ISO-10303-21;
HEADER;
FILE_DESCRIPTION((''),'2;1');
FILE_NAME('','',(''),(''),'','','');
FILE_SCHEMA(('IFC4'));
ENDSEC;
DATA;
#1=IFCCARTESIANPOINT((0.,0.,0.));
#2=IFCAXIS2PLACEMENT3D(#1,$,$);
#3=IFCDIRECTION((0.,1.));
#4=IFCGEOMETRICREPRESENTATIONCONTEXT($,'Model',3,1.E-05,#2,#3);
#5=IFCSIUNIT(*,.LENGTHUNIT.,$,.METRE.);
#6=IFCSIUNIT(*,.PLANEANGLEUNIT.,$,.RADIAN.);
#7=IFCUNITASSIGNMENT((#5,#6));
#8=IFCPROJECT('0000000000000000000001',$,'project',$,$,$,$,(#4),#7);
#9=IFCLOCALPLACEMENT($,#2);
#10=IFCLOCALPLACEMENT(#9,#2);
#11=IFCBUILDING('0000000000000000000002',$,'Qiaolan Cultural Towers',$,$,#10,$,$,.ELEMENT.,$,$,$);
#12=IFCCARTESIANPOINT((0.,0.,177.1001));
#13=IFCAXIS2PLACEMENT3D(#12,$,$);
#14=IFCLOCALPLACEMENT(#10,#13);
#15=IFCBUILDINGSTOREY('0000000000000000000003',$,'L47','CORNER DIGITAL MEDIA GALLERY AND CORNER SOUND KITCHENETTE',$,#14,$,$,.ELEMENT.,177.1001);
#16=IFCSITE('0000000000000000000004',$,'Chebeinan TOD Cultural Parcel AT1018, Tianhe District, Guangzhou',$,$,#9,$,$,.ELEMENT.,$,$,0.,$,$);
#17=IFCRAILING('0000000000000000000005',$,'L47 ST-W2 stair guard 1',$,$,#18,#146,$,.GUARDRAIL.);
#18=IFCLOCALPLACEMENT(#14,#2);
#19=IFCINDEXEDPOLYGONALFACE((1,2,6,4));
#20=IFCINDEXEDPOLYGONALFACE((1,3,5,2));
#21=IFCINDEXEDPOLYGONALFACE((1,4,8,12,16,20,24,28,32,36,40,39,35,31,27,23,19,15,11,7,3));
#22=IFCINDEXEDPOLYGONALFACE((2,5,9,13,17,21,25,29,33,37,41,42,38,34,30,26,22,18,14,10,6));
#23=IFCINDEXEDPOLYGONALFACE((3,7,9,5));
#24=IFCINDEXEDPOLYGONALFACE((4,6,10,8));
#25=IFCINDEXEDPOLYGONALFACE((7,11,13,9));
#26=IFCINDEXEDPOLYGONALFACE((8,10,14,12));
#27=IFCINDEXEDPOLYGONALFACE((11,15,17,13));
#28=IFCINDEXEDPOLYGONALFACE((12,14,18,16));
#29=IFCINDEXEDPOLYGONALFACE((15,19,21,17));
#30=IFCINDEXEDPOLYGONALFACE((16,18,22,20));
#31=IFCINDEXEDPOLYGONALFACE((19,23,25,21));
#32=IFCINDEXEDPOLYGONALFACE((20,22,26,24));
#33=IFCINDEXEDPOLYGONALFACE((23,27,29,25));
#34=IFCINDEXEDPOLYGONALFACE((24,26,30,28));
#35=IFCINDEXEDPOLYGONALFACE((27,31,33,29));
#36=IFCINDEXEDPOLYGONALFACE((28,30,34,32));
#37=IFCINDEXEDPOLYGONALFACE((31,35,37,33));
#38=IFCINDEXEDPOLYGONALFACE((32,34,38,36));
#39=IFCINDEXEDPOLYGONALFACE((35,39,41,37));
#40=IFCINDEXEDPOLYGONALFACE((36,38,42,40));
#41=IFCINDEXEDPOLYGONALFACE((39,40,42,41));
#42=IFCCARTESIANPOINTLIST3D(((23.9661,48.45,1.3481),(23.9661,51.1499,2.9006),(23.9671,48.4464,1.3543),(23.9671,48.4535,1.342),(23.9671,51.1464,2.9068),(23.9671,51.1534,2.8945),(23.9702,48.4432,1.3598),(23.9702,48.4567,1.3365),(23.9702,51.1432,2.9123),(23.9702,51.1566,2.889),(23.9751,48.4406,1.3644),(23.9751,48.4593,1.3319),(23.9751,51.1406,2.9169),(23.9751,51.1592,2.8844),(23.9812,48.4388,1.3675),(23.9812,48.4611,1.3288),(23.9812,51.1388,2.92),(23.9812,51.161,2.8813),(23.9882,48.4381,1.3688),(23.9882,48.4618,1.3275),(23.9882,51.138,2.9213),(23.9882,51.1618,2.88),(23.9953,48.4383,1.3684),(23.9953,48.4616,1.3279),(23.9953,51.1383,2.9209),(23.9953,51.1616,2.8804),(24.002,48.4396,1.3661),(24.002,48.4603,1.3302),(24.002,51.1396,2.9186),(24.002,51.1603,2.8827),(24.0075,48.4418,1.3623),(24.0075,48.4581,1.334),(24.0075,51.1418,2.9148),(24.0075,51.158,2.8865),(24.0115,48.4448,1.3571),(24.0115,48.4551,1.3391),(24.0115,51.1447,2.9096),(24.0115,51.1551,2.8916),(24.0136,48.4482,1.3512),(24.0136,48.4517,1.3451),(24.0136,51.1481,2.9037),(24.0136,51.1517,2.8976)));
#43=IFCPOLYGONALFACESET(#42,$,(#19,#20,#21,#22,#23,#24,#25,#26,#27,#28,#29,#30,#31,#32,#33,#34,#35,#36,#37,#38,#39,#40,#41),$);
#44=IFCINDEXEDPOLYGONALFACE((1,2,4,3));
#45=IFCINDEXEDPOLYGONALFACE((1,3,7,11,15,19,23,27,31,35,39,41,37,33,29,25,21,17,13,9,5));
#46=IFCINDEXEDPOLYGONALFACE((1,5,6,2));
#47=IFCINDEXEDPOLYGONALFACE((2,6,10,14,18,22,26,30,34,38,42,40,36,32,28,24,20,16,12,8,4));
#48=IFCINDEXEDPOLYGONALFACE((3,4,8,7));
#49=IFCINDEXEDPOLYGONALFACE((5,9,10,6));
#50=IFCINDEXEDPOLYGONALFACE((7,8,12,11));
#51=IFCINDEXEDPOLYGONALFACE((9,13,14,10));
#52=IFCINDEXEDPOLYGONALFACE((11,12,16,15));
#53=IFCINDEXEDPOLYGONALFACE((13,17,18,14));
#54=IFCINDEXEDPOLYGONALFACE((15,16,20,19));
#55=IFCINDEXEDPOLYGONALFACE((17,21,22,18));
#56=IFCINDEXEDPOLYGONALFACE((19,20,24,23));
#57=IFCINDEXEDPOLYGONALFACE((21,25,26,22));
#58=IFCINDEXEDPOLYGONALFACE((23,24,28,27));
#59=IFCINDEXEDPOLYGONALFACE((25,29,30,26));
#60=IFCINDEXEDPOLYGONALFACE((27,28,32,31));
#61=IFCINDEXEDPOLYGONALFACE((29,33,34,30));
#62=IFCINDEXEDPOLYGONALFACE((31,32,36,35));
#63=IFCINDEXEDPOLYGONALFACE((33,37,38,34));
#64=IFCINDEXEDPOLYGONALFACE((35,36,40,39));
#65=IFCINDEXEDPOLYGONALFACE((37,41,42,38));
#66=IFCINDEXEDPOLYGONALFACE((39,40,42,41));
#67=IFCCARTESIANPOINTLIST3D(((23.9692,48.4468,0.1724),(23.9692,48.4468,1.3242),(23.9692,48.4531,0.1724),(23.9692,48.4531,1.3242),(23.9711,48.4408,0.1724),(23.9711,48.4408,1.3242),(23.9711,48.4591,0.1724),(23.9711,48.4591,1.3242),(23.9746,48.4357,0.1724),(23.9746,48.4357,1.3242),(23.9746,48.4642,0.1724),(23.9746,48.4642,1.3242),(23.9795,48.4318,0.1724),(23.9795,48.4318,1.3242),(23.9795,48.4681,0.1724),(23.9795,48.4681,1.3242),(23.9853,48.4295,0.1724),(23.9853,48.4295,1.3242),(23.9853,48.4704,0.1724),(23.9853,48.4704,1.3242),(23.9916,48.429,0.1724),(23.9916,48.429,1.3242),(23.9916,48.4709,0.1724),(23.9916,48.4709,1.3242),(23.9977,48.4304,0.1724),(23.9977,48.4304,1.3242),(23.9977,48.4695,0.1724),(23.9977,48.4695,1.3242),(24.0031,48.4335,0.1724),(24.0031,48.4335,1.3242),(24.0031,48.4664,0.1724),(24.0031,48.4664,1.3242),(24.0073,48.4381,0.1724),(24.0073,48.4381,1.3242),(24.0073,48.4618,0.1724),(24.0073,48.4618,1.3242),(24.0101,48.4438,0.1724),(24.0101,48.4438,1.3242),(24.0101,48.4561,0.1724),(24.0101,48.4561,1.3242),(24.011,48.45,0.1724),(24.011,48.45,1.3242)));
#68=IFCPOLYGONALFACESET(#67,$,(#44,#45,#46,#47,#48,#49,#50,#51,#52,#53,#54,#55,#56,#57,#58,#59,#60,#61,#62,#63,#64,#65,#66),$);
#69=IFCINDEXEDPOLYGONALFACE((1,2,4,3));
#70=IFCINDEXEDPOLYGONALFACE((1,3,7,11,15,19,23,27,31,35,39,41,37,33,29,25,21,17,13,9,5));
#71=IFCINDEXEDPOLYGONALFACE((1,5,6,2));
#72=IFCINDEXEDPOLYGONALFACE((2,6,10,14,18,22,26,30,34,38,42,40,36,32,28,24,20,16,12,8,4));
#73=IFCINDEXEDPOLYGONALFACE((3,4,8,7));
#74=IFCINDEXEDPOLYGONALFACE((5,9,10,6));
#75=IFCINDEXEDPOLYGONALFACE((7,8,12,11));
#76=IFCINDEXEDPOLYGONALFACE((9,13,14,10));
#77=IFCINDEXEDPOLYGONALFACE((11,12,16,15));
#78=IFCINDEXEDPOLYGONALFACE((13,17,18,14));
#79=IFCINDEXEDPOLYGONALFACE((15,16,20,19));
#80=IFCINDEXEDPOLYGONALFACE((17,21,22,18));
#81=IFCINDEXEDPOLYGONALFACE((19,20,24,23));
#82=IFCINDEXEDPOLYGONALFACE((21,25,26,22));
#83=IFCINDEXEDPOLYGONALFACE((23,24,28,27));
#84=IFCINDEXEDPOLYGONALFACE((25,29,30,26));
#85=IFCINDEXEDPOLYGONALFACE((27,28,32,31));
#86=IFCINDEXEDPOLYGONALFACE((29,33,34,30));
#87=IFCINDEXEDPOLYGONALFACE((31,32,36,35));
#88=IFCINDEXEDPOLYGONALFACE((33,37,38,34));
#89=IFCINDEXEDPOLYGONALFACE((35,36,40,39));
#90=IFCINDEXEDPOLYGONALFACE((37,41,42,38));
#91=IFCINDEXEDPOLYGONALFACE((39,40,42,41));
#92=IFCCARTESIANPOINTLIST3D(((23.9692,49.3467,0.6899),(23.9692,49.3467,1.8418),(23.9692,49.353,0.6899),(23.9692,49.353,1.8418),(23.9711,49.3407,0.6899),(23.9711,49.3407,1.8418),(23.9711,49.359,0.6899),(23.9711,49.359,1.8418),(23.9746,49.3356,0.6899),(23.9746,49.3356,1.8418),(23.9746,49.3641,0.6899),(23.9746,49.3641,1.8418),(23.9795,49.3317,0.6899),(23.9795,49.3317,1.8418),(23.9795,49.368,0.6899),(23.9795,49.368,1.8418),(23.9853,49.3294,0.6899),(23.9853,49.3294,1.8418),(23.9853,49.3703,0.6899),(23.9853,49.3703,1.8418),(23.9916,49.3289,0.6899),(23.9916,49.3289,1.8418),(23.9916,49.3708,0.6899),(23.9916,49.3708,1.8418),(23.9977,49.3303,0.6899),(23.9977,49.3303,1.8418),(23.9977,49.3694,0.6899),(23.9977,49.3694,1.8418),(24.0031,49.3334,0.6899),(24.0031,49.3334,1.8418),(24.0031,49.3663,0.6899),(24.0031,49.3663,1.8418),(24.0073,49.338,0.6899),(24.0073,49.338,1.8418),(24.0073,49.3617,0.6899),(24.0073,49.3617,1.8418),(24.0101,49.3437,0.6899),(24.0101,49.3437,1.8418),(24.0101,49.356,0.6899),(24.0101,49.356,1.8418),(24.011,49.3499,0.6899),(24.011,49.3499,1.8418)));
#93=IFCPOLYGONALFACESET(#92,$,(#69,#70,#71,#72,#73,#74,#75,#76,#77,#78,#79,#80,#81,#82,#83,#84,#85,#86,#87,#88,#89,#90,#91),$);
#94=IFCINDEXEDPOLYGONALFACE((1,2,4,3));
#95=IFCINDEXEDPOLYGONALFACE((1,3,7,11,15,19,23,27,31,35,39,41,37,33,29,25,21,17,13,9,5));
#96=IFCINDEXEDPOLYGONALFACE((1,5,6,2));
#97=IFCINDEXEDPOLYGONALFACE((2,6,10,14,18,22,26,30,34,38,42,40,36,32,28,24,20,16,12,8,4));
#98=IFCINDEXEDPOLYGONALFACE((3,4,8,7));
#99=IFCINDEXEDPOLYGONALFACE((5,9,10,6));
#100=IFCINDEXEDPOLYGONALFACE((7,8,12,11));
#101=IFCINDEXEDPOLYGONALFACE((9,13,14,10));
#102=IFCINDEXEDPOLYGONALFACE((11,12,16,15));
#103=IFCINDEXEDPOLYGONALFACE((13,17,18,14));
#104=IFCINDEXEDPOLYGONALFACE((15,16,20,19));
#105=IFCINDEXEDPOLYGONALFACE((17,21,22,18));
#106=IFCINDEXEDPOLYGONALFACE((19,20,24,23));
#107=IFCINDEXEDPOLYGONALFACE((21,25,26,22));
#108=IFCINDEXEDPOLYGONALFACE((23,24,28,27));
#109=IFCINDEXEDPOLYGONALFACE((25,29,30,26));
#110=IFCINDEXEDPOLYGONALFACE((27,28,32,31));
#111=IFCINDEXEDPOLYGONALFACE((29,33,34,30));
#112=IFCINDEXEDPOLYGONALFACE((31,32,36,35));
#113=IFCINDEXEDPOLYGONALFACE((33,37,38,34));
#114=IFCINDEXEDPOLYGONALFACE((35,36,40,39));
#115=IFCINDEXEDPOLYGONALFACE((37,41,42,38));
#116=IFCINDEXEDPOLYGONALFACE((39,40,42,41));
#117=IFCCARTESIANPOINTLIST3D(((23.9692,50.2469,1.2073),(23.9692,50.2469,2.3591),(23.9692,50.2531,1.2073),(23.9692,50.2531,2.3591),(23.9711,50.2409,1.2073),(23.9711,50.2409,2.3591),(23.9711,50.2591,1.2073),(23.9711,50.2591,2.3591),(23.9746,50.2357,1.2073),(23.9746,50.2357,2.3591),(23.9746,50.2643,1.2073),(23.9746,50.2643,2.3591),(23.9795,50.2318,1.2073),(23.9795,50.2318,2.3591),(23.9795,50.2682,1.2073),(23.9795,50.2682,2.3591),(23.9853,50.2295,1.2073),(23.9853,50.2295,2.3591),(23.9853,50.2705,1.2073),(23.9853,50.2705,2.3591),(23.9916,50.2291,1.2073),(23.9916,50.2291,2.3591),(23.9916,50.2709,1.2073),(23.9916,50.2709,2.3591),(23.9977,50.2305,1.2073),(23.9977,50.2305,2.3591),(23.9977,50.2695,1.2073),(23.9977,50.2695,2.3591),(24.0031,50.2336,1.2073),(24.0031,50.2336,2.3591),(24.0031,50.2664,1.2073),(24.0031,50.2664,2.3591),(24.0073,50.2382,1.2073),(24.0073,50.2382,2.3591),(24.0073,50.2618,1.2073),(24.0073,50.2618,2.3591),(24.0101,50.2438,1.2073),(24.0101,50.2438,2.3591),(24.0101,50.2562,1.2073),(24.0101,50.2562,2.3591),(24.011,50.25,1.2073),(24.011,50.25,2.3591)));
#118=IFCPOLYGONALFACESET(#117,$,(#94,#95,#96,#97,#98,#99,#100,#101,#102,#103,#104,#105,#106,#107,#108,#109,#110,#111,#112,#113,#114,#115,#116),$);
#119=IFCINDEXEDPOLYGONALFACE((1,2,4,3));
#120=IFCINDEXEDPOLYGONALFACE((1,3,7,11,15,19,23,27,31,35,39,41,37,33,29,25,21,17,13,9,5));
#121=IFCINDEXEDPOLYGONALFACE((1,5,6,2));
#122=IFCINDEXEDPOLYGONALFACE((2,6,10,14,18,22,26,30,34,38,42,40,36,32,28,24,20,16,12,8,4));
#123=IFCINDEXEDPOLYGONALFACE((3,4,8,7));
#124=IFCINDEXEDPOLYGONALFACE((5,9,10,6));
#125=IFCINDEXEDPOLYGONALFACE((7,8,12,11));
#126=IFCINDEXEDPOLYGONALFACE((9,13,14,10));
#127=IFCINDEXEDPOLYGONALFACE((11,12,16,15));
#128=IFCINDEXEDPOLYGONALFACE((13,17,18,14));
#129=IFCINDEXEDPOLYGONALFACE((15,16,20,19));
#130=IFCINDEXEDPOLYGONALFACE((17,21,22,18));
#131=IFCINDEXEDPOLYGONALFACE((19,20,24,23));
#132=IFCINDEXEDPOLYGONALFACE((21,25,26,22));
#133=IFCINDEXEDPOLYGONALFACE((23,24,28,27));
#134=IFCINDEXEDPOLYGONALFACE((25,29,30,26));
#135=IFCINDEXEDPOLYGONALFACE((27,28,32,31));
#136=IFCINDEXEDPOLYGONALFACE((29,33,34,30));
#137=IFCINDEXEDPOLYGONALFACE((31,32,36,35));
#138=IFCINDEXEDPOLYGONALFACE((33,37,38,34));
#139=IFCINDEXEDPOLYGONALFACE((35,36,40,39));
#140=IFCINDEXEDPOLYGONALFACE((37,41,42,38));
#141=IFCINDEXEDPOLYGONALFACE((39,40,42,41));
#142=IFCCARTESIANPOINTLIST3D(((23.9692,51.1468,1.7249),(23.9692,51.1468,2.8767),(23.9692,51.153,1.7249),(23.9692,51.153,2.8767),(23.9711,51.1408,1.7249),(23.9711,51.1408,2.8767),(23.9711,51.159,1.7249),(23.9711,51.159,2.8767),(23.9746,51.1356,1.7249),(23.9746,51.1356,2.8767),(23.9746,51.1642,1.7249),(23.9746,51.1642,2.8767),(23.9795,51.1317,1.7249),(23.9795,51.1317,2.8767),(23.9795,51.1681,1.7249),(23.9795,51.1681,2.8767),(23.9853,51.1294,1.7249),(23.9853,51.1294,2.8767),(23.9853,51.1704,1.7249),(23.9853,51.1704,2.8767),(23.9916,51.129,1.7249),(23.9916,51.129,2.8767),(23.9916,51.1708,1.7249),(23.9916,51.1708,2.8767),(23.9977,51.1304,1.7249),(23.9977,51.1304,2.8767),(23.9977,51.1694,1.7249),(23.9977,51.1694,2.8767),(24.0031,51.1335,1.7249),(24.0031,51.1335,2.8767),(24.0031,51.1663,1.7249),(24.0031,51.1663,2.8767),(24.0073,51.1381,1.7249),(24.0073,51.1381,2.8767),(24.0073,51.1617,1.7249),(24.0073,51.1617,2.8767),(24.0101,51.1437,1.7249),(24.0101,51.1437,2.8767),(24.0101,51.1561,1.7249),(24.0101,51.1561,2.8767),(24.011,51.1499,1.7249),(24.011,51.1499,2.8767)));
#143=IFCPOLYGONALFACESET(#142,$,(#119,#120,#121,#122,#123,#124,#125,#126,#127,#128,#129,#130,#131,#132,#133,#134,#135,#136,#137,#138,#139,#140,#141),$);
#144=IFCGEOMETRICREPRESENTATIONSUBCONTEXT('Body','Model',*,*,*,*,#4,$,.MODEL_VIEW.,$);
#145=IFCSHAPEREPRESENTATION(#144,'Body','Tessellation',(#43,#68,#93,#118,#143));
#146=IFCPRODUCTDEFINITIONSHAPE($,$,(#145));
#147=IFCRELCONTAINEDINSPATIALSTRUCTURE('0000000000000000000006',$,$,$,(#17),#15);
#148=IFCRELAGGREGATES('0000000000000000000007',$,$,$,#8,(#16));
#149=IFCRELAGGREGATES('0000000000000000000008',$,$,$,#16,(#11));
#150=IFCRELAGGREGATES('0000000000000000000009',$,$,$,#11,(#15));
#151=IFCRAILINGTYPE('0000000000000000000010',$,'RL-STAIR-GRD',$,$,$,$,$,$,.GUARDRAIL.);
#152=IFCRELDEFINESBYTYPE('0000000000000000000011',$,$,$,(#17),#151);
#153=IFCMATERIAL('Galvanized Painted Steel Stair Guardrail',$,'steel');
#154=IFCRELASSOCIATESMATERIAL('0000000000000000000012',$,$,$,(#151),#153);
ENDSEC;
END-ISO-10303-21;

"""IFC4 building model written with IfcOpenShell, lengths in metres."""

from ifc_helpers import new_model, si_unit, direction, frame, origin, origin_2d, place, context, subcontext, project, spatial, circle, extrude, material, type_object, element, save


model = new_model("IFC4")

# Units and contexts
model_context = context("Model", 3, precision=1e-05, world=origin(), true_north=direction((0.0, 1.0)))
body_context = subcontext(model_context, "Body", "Model", "MODEL_VIEW")
ifc_project = project(units=[si_unit("LENGTHUNIT", "METRE"), si_unit("PLANEANGLEUNIT", "RADIAN")], contexts=[model_context])

# Site, building, storey
site_placement = place(None, origin())
site = spatial("IfcSite", under=ifc_project, at=site_placement, Name="Chebeinan TOD Cultural Parcel AT1018, Tianhe District, Guangzhou", CompositionType="ELEMENT", RefElevation=0.0)
building_placement = place(site_placement, origin())
building = spatial("IfcBuilding", under=site, at=building_placement, Name="Qiaolan Cultural Towers", CompositionType="ELEMENT")
storey_placement = place(building_placement, frame((0.0, 0.0, 177.1001)))
storey = spatial("IfcBuildingStorey", under=building, at=storey_placement, Name="L47", Description="CORNER DIGITAL MEDIA GALLERY AND CORNER SOUND KITCHENETTE", CompositionType="ELEMENT", Elevation=177.1001)

# Railing
ifc_material_1 = material(Name="Galvanized Painted Steel Stair Guardrail", Category="steel")
railing_type_1 = type_object("IfcRailingType", Name="RL-STAIR-GRD", PredefinedType="GUARDRAIL", material=ifc_material_1)
railing_1_placement = place(storey_placement, frame((23.99, 48.45, 0.1724)))
element("IfcRailing", 1, at=railing_1_placement, inside=storey, type_object=railing_type_1, Name="L47 ST-W2 stair guard 1", PredefinedType="GUARDRAIL", context=body_context, shape_type="SweptSolid", body=[
    extrude(circle(Radius=0.0239, at=origin_2d()), frame((0.0, 0.0, 1.1758), z_axis=(0.0, 0.866904, 0.498476), x_axis=(-1.0, 0.0, 0.0)), (0.0, 0.0, 1.0), 3.1145),
    extrude(circle(Radius=0.021, at=origin_2d()), origin(), (0.0, 0.0, 1.0), 1.1519),
    extrude(circle(Radius=0.021, at=origin_2d()), frame((0.0, 0.8999, 0.5176)), (0.0, 0.0, 1.0), 1.1519),
    extrude(circle(Radius=0.021, at=origin_2d()), frame((0.0, 1.8, 1.0349)), (0.0, 0.0, 1.0), 1.1519),
    extrude(circle(Radius=0.021, at=origin_2d()), frame((0.0, 2.7, 1.5525)), (0.0, 0.0, 1.0), 1.1519),
])

save(model, "model.ifc")
